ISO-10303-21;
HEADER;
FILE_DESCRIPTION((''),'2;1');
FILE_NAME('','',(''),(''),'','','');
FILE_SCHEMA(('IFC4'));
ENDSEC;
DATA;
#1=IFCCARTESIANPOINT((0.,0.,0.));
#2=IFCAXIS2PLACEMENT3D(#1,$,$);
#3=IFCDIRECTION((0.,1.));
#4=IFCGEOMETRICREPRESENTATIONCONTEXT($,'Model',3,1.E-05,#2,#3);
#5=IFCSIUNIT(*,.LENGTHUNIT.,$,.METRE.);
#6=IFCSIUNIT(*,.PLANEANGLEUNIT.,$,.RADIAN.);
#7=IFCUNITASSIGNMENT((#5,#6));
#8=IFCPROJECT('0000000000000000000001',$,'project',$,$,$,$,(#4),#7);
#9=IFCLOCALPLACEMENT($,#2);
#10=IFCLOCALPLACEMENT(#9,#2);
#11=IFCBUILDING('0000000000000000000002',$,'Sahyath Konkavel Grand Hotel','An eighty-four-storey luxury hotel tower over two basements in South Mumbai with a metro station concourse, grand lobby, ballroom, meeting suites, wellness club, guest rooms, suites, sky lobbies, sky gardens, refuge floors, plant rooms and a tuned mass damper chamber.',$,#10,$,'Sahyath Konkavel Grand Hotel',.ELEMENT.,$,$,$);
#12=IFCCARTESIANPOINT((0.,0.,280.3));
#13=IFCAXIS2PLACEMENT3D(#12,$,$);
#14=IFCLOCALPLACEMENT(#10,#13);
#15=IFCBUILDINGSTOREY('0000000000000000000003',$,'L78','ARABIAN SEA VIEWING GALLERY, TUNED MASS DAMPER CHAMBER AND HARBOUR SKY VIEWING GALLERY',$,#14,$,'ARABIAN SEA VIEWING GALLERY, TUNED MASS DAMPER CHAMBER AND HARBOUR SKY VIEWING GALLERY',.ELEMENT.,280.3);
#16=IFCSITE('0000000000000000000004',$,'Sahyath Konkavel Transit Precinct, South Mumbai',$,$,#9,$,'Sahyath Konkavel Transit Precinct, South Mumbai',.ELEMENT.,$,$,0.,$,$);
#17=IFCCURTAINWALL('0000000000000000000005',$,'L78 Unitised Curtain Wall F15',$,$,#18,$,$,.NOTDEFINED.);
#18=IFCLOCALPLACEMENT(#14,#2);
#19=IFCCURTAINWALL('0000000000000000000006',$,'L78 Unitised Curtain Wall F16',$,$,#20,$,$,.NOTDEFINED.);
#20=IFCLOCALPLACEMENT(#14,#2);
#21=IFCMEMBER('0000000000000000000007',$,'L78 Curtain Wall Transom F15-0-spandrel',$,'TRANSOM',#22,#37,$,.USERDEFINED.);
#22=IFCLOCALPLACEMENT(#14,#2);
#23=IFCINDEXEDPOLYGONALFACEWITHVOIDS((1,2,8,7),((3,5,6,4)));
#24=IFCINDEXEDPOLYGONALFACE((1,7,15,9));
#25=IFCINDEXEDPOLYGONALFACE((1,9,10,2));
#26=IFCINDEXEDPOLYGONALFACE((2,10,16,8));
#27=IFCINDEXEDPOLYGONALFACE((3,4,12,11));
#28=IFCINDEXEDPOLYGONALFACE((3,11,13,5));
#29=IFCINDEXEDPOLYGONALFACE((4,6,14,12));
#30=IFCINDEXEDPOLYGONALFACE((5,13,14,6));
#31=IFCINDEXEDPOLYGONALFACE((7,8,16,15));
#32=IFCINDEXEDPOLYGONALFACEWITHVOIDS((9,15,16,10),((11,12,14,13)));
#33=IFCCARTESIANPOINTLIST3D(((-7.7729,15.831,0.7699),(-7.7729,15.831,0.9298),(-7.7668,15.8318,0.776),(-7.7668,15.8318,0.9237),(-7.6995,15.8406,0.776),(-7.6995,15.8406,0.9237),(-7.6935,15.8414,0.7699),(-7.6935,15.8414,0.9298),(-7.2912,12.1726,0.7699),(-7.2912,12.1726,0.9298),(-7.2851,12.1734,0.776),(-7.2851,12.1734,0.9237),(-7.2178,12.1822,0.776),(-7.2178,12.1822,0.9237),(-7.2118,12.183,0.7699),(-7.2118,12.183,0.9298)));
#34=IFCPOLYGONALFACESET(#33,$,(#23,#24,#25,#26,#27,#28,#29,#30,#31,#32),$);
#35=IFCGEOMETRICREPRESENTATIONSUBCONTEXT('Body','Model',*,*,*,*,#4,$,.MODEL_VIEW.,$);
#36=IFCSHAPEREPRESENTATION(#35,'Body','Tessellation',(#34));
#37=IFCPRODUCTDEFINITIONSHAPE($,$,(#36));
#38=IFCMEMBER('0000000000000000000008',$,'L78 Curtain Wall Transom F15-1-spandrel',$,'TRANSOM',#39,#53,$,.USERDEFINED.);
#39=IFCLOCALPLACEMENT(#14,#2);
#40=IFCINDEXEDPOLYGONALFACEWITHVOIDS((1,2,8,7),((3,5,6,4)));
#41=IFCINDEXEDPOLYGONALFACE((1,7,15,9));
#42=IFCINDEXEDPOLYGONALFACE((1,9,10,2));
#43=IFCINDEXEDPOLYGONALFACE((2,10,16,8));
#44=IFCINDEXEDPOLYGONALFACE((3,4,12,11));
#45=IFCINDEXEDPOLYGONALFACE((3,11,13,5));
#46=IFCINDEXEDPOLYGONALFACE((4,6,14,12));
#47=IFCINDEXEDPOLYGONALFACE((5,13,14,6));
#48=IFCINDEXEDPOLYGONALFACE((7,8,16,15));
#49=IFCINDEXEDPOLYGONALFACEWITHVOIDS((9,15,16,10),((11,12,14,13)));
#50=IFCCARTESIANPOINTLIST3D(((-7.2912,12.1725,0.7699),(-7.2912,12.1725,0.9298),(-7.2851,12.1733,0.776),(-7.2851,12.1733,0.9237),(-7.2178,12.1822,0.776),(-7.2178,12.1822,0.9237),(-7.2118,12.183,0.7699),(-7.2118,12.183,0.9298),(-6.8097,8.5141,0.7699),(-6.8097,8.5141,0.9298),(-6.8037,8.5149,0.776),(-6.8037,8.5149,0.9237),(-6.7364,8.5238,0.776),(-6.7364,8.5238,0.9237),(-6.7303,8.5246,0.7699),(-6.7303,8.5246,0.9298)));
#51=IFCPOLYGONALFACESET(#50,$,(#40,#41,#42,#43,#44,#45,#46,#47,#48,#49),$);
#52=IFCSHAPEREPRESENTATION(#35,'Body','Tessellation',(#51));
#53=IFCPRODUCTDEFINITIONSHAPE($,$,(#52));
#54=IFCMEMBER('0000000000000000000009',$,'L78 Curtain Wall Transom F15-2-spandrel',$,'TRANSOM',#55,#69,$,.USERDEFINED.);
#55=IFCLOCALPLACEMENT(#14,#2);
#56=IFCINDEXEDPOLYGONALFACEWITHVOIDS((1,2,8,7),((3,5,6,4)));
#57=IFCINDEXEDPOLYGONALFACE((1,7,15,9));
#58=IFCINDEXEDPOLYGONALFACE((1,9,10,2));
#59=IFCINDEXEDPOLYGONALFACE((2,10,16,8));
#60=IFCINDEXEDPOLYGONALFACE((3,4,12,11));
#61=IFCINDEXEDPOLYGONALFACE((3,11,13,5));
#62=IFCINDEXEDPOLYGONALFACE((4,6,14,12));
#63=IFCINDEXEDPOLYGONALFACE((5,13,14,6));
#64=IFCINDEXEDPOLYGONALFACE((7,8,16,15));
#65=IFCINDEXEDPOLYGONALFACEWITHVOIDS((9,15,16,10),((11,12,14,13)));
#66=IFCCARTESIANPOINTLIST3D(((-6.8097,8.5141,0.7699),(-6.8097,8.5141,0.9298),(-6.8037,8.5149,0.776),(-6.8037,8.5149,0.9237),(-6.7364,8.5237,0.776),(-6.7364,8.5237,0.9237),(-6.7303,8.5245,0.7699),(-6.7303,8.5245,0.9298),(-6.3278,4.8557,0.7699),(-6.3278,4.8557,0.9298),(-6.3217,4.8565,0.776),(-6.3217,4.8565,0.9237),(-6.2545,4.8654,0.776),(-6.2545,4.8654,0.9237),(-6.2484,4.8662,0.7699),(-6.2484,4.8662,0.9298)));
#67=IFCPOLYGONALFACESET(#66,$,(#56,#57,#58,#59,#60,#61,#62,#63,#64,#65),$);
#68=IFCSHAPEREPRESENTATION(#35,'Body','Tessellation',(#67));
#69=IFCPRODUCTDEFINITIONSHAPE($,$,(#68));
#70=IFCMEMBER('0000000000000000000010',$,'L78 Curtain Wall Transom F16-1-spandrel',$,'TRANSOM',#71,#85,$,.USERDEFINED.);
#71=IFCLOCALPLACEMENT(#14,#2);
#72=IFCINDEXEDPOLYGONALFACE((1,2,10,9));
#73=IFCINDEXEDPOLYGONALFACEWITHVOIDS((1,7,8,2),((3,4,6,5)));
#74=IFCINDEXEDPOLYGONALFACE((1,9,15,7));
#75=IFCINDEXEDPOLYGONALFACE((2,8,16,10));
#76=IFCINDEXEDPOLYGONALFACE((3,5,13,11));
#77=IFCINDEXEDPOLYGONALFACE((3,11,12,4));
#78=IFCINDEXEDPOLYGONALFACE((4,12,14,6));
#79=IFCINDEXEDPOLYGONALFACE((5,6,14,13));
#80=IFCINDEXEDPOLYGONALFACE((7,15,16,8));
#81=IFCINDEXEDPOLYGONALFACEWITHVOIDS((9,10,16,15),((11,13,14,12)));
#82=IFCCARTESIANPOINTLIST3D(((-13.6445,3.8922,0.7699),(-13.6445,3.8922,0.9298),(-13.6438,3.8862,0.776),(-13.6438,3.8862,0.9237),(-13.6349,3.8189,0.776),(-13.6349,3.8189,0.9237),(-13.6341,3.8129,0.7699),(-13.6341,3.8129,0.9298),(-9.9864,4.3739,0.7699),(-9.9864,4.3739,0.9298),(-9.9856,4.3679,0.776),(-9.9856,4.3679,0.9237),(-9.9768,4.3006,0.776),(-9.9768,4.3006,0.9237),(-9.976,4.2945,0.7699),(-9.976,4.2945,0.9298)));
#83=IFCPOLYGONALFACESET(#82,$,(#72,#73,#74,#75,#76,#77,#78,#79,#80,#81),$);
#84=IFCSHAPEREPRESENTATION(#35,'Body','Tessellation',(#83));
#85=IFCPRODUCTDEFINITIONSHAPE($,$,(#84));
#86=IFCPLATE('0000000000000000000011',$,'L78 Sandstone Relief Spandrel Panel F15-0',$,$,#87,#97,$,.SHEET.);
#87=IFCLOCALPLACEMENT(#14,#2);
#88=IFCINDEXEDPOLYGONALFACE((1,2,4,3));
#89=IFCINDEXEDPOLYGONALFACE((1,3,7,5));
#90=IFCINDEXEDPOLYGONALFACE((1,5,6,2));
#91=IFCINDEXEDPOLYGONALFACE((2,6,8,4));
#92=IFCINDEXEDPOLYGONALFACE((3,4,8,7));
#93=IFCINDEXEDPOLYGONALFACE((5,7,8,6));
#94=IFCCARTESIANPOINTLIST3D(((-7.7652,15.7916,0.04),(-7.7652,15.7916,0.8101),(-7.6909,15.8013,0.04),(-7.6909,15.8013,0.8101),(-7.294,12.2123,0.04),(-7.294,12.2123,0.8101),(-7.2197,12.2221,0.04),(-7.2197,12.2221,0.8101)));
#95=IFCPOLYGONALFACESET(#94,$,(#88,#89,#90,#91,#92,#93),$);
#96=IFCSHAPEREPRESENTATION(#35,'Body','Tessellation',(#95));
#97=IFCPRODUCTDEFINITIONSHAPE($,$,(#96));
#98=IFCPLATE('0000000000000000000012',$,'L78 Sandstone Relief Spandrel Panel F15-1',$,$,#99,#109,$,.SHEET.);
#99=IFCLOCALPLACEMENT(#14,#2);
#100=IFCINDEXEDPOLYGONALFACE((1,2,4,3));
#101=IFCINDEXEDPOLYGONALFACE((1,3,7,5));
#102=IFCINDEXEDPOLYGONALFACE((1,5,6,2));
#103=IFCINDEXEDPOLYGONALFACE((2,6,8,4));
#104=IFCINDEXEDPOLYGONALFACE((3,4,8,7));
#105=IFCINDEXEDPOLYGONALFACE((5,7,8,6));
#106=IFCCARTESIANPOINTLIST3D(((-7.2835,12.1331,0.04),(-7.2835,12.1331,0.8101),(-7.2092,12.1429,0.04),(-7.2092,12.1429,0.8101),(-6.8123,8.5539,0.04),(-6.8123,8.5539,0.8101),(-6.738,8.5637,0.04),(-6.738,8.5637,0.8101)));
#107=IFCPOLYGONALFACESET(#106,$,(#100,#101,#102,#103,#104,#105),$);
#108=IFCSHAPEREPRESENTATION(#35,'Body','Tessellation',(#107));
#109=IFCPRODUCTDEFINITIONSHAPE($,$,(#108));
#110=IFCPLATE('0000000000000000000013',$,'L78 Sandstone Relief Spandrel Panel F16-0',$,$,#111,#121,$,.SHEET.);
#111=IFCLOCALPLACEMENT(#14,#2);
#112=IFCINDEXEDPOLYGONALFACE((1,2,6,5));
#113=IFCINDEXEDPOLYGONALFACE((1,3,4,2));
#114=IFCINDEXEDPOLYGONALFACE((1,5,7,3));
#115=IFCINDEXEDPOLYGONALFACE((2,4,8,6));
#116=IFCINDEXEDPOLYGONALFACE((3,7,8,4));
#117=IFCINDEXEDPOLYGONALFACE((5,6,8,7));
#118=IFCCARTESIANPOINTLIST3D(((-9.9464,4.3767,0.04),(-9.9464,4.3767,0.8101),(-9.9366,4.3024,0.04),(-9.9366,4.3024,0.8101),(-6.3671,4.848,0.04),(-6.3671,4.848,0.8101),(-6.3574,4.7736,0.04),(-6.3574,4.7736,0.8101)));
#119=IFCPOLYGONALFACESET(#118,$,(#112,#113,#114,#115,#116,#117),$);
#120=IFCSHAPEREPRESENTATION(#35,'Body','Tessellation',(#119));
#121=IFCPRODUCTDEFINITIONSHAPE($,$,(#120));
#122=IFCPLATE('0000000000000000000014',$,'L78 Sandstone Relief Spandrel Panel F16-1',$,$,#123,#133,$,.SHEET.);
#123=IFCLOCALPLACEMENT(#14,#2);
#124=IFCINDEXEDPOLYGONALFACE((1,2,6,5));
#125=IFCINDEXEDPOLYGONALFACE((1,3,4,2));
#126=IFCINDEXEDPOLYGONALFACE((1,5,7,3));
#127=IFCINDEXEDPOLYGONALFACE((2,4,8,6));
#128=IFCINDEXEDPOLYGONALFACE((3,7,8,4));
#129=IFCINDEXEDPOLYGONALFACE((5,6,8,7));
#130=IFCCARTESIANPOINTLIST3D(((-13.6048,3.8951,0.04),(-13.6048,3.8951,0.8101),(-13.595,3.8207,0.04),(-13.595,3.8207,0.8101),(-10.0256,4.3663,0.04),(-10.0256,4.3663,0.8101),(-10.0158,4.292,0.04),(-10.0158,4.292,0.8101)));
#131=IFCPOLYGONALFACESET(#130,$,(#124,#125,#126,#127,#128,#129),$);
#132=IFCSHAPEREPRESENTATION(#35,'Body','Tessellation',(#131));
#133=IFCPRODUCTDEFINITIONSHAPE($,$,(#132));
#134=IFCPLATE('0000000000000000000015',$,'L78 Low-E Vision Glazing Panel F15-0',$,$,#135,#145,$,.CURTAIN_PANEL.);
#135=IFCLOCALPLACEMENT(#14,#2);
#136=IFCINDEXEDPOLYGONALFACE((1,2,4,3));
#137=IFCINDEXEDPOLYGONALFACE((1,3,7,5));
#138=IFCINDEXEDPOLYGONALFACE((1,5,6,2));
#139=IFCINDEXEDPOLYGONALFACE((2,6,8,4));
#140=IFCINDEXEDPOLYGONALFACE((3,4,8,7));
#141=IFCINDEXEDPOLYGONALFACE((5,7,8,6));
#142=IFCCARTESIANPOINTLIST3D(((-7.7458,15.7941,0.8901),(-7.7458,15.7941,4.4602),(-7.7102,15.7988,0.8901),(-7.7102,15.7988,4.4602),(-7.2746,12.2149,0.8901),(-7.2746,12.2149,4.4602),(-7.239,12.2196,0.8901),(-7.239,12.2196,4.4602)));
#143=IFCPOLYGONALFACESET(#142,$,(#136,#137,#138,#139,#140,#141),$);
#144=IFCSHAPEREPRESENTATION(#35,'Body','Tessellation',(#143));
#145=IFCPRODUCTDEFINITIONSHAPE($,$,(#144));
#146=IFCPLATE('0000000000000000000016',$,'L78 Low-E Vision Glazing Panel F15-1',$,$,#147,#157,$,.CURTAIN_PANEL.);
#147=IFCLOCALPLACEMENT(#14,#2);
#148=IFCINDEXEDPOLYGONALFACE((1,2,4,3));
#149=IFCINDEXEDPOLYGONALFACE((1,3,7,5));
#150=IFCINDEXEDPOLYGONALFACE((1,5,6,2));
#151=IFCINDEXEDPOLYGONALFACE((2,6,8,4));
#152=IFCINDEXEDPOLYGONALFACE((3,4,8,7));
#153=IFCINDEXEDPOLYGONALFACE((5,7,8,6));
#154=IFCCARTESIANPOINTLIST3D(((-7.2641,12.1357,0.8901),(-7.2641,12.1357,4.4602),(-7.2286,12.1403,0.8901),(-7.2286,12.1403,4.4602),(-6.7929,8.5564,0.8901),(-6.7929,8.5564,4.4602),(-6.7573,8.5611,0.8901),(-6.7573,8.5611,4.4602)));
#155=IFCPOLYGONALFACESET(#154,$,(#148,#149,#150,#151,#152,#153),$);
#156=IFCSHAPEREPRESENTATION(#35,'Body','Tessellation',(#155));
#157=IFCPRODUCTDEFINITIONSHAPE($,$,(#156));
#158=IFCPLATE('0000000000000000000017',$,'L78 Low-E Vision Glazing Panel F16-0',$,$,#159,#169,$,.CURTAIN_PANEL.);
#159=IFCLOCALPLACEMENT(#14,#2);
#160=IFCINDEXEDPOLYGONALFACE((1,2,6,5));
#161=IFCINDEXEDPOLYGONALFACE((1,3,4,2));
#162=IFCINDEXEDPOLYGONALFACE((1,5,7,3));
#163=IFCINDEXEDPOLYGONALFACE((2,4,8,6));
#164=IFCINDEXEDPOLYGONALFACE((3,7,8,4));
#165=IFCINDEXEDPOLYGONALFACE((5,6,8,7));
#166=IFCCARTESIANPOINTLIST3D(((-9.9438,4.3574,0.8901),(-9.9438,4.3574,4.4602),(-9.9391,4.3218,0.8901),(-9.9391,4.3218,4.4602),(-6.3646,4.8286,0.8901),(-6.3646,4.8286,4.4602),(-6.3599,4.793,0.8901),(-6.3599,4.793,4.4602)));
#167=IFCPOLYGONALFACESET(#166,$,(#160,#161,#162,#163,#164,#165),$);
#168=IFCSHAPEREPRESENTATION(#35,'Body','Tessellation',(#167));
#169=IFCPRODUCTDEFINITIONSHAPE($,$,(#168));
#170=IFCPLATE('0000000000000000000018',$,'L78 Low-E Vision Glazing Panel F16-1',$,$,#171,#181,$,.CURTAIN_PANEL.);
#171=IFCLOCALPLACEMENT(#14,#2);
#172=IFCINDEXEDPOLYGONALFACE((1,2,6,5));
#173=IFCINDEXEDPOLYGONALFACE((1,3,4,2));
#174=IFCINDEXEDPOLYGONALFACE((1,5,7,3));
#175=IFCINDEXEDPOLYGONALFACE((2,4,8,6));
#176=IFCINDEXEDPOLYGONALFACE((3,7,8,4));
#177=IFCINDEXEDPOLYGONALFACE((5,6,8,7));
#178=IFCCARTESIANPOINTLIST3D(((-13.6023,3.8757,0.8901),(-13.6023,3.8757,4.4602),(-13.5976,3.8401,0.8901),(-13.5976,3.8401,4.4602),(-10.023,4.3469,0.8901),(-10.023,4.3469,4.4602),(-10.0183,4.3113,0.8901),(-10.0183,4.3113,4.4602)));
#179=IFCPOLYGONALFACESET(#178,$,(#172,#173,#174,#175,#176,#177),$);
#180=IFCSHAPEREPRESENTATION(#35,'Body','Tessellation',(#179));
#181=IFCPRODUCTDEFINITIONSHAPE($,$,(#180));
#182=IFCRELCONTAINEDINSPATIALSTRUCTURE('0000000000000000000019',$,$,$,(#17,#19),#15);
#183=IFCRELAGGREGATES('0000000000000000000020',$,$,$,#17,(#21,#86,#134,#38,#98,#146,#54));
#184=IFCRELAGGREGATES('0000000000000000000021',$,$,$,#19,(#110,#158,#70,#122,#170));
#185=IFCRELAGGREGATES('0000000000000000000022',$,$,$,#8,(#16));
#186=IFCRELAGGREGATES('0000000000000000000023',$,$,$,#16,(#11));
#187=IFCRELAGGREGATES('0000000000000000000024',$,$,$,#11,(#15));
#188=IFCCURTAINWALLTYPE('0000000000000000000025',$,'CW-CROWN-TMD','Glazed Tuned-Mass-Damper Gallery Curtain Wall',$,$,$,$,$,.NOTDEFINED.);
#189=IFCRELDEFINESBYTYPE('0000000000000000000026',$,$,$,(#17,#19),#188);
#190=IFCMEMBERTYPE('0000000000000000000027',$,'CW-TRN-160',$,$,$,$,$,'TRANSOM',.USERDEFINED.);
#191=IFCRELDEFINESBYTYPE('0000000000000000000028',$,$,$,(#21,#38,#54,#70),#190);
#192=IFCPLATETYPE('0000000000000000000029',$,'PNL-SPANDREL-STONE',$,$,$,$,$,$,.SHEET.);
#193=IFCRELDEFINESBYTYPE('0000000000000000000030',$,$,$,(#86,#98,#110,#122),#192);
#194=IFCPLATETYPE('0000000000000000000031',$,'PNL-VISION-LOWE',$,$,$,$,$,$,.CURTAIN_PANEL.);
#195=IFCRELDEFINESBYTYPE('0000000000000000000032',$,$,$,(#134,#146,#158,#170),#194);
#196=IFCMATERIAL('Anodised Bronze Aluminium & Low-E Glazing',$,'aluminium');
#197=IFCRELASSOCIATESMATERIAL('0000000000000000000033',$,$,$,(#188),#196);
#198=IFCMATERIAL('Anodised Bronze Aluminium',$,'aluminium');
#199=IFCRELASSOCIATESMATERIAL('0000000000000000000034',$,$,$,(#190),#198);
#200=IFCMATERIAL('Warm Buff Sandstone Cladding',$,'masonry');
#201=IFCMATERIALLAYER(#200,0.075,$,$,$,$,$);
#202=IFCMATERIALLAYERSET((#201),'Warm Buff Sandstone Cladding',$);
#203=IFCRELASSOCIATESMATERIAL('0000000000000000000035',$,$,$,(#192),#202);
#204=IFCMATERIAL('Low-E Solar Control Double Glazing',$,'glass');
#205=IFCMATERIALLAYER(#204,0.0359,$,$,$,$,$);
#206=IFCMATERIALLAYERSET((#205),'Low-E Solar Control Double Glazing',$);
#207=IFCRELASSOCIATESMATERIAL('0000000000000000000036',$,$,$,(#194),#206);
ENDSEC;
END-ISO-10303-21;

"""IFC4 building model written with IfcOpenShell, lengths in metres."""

from ifc_helpers import new_model, si_unit, direction, frame, origin, origin_2d, place, context, subcontext, project, spatial, rectangle, hollow_rectangle, extrude, source, transform, mapped, material, layer, layer_set, material_profile, profile_set, type_object, element, aggregate, save


model = new_model("IFC4")

# Units and contexts
model_context = context("Model", 3, precision=1e-05, world=origin(), true_north=direction((0.0, 1.0)))
body_context = subcontext(model_context, "Body", "Model", "MODEL_VIEW")
ifc_project = project(units=[si_unit("LENGTHUNIT", "METRE"), si_unit("PLANEANGLEUNIT", "RADIAN")], contexts=[model_context])

# Site, building, storey
site_placement = place(None, origin())
site = spatial("IfcSite", under=ifc_project, at=site_placement, Name="Sahyath Konkavel Transit Precinct, South Mumbai", LongName="Sahyath Konkavel Transit Precinct, South Mumbai", CompositionType="ELEMENT", RefElevation=0.0)
building_placement = place(site_placement, origin())
building = spatial("IfcBuilding", under=site, at=building_placement, Name="Sahyath Konkavel Grand Hotel", Description="An eighty-four-storey luxury hotel tower over two basements in South Mumbai with a metro station concourse, grand lobby, ballroom, meeting suites, wellness club, guest rooms, suites, sky lobbies, sky gardens, refuge floors, plant rooms and a tuned mass damper chamber.", LongName="Sahyath Konkavel Grand Hotel", CompositionType="ELEMENT")
storey_placement = place(building_placement, frame((0.0, 0.0, 280.3)))
storey = spatial("IfcBuildingStorey", under=building, at=storey_placement, Name="L78", Description="ARABIAN SEA VIEWING GALLERY, TUNED MASS DAMPER CHAMBER AND HARBOUR SKY VIEWING GALLERY", LongName="ARABIAN SEA VIEWING GALLERY, TUNED MASS DAMPER CHAMBER AND HARBOUR SKY VIEWING GALLERY", CompositionType="ELEMENT", Elevation=280.3)

# Shared definitions
ifc_material_1 = material(Name="Anodised Bronze Aluminium & Low-E Glazing", Category="aluminium")
curtain_wall_type = type_object("IfcCurtainWallType", Name="CW-CROWN-TMD", Description="Glazed Tuned-Mass-Damper Gallery Curtain Wall", PredefinedType="NOTDEFINED", material=ifc_material_1)
ifc_material_2 = material(Name="Anodised Bronze Aluminium", Category="aluminium")

# Curtain wall
curtain_wall_1_placement = place(storey_placement, origin())
curtain_wall_1 = element("IfcCurtainWall", 1, at=curtain_wall_1_placement, inside=storey, type_object=curtain_wall_type, Name="L78 Unitised Curtain Wall F15", PredefinedType="NOTDEFINED")

# Curtain wall
curtain_wall_2_placement = place(storey_placement, origin())
curtain_wall_2 = element("IfcCurtainWall", 2, at=curtain_wall_2_placement, inside=storey, type_object=curtain_wall_type, Name="L78 Unitised Curtain Wall F16", PredefinedType="NOTDEFINED")

# Members
ifc_material_profile_1 = material_profile(ifc_material_2, hollow_rectangle(XDim=0.0801, YDim=0.1599, WallThickness=0.0061, at=origin_2d()), Name="RHS 160x80x6")
ifc_profile_set_1 = profile_set([ifc_material_profile_1], Name="Anodised Bronze Aluminium")
member_type_1 = type_object("IfcMemberType", Name="CW-TRN-160", ElementType="TRANSOM", PredefinedType="USERDEFINED", material=ifc_profile_set_1)
shared_shape_1 = source(origin(), body_context, "Body", "SweptSolid", [
    extrude(hollow_rectangle(XDim=0.0801, YDim=0.1599, WallThickness=0.0061, at=origin_2d()), origin(), (0.0, 0.0, 1.0), 3.6899),
])
member_1_placement = place(storey_placement, frame((-7.7332, 15.8362, 0.8499), z_axis=(0.130538, -0.991443, 0.0), x_axis=(0.991443, 0.130538, 0.0)))
member_1 = element("IfcMember", 3, at=member_1_placement, type_object=member_type_1, Name="L78 Curtain Wall Transom F15-0-spandrel", ObjectType="TRANSOM", PredefinedType="USERDEFINED", context=body_context, shape_type="MappedRepresentation", body=[
    mapped(shared_shape_1, transform((0.0, 0.0, 0.0), scale=1.0)),
])
member_2_placement = place(storey_placement, frame((-7.2515, 12.1777, 0.8499), z_axis=(0.130473, -0.991452, 0.0), x_axis=(0.991452, 0.130473, 0.0)))
member_2 = element("IfcMember", 4, at=member_2_placement, type_object=member_type_1, Name="L78 Curtain Wall Transom F15-1-spandrel", ObjectType="TRANSOM", PredefinedType="USERDEFINED", context=body_context, shape_type="MappedRepresentation", body=[
    mapped(shared_shape_1, transform((0.0, 0.0, 0.0), scale=1.0)),
])
member_3_placement = place(storey_placement, frame((-6.77, 8.5193, 0.8499), z_axis=(0.130603, -0.991435, 0.0), x_axis=(0.991435, 0.130603, 0.0)))
member_3 = element("IfcMember", 5, at=member_3_placement, type_object=member_type_1, Name="L78 Curtain Wall Transom F15-2-spandrel", ObjectType="TRANSOM", PredefinedType="USERDEFINED", context=body_context, shape_type="MappedRepresentation", body=[
    mapped(shared_shape_1, transform((0.0, 0.0, 0.0), scale=1.0)),
])
shared_shape_2 = source(origin(), body_context, "Body", "SweptSolid", [
    extrude(hollow_rectangle(XDim=0.0801, YDim=0.1599, WallThickness=0.0061, at=origin_2d()), origin(), (0.0, 0.0, 1.0), 3.6897),
])
member_4_placement = place(storey_placement, frame((-9.9812, 4.3342, 0.8499), z_axis=(-0.991442, -0.130547, 0.0), x_axis=(0.130547, -0.991442, 0.0)))
member_4 = element("IfcMember", 6, at=member_4_placement, type_object=member_type_1, Name="L78 Curtain Wall Transom F16-1-spandrel", ObjectType="TRANSOM", PredefinedType="USERDEFINED", context=body_context, shape_type="MappedRepresentation", body=[
    mapped(shared_shape_2, transform((0.0, 0.0, 0.0), scale=1.0)),
])

# Plates
ifc_material_3 = material(Name="Warm Buff Sandstone Cladding", Category="masonry")
ifc_layer_1 = layer(ifc_material_3, 0.075)
ifc_layer_set_1 = layer_set([ifc_layer_1], Name="Warm Buff Sandstone Cladding")
plate_type_1 = type_object("IfcPlateType", Name="PNL-SPANDREL-STONE", PredefinedType="SHEET", material=ifc_layer_set_1)
shared_shape_3 = source(origin(), body_context, "Body", "SweptSolid", [
    extrude(rectangle(XDim=3.6101, YDim=0.075, at=origin_2d()), origin(), (0.0, 0.0, 1.0), 0.77),
])
plate_1_placement = place(storey_placement, frame((-7.4924, 14.0068, 0.04), z_axis=(0.0, 0.0, 1.0), x_axis=(0.130526, -0.991445, 0.0)))
plate_1 = element("IfcPlate", 7, at=plate_1_placement, type_object=plate_type_1, Name="L78 Sandstone Relief Spandrel Panel F15-0", PredefinedType="SHEET", context=body_context, shape_type="MappedRepresentation", body=[
    mapped(shared_shape_3, transform((0.0, 0.0, 0.0), scale=1.0)),
])
plate_2_placement = place(storey_placement, frame((-7.0107, 10.3484, 0.04), z_axis=(0.0, 0.0, 1.0), x_axis=(0.130526, -0.991445, 0.0)))
plate_2 = element("IfcPlate", 8, at=plate_2_placement, type_object=plate_type_1, Name="L78 Sandstone Relief Spandrel Panel F15-1", PredefinedType="SHEET", context=body_context, shape_type="MappedRepresentation", body=[
    mapped(shared_shape_3, transform((0.0, 0.0, 0.0), scale=1.0)),
])
plate_3_placement = place(storey_placement, frame((-8.1519, 4.5752, 0.04), z_axis=(0.0, 0.0, 1.0), x_axis=(-0.991445, -0.130526, 0.0)))
plate_3 = element("IfcPlate", 9, at=plate_3_placement, type_object=plate_type_1, Name="L78 Sandstone Relief Spandrel Panel F16-0", PredefinedType="SHEET", context=body_context, shape_type="MappedRepresentation", body=[
    mapped(shared_shape_3, transform((0.0, 0.0, 0.0), scale=1.0)),
])
plate_4_placement = place(storey_placement, frame((-11.8103, 4.0935, 0.04), z_axis=(0.0, 0.0, 1.0), x_axis=(-0.991445, -0.130526, 0.0)))
plate_4 = element("IfcPlate", 10, at=plate_4_placement, type_object=plate_type_1, Name="L78 Sandstone Relief Spandrel Panel F16-1", PredefinedType="SHEET", context=body_context, shape_type="MappedRepresentation", body=[
    mapped(shared_shape_3, transform((0.0, 0.0, 0.0), scale=1.0)),
])
ifc_material_4 = material(Name="Low-E Solar Control Double Glazing", Category="glass")
ifc_layer_2 = layer(ifc_material_4, 0.0359)
ifc_layer_set_2 = layer_set([ifc_layer_2], Name="Low-E Solar Control Double Glazing")
plate_type_2 = type_object("IfcPlateType", Name="PNL-VISION-LOWE", PredefinedType="CURTAIN_PANEL", material=ifc_layer_set_2)
shared_shape_4 = source(origin(), body_context, "Body", "SweptSolid", [
    extrude(rectangle(XDim=3.6101, YDim=0.0359, at=origin_2d()), origin(), (0.0, 0.0, 1.0), 3.5701),
])
plate_5_placement = place(storey_placement, frame((-7.4924, 14.0068, 0.8901), z_axis=(0.0, 0.0, 1.0), x_axis=(0.130526, -0.991445, 0.0)))
plate_5 = element("IfcPlate", 11, at=plate_5_placement, type_object=plate_type_2, Name="L78 Low-E Vision Glazing Panel F15-0", PredefinedType="CURTAIN_PANEL", context=body_context, shape_type="MappedRepresentation", body=[
    mapped(shared_shape_4, transform((0.0, 0.0, 0.0), scale=1.0)),
])
plate_6_placement = place(storey_placement, frame((-7.0107, 10.3484, 0.8901), z_axis=(0.0, 0.0, 1.0), x_axis=(0.130526, -0.991445, 0.0)))
plate_6 = element("IfcPlate", 12, at=plate_6_placement, type_object=plate_type_2, Name="L78 Low-E Vision Glazing Panel F15-1", PredefinedType="CURTAIN_PANEL", context=body_context, shape_type="MappedRepresentation", body=[
    mapped(shared_shape_4, transform((0.0, 0.0, 0.0), scale=1.0)),
])
aggregate(curtain_wall_1, [member_1, plate_1, plate_5, member_2, plate_2, plate_6, member_3])
plate_7_placement = place(storey_placement, frame((-8.1519, 4.5752, 0.8901), z_axis=(0.0, 0.0, 1.0), x_axis=(-0.991445, -0.130526, 0.0)))
plate_7 = element("IfcPlate", 13, at=plate_7_placement, type_object=plate_type_2, Name="L78 Low-E Vision Glazing Panel F16-0", PredefinedType="CURTAIN_PANEL", context=body_context, shape_type="MappedRepresentation", body=[
    mapped(shared_shape_4, transform((0.0, 0.0, 0.0), scale=1.0)),
])
plate_8_placement = place(storey_placement, frame((-11.8103, 4.0935, 0.8901), z_axis=(0.0, 0.0, 1.0), x_axis=(-0.991445, -0.130526, 0.0)))
plate_8 = element("IfcPlate", 14, at=plate_8_placement, type_object=plate_type_2, Name="L78 Low-E Vision Glazing Panel F16-1", PredefinedType="CURTAIN_PANEL", context=body_context, shape_type="MappedRepresentation", body=[
    mapped(shared_shape_4, transform((0.0, 0.0, 0.0), scale=1.0)),
])
aggregate(curtain_wall_2, [plate_3, plate_7, member_4, plate_4, plate_8])

save(model, "model.ifc")
